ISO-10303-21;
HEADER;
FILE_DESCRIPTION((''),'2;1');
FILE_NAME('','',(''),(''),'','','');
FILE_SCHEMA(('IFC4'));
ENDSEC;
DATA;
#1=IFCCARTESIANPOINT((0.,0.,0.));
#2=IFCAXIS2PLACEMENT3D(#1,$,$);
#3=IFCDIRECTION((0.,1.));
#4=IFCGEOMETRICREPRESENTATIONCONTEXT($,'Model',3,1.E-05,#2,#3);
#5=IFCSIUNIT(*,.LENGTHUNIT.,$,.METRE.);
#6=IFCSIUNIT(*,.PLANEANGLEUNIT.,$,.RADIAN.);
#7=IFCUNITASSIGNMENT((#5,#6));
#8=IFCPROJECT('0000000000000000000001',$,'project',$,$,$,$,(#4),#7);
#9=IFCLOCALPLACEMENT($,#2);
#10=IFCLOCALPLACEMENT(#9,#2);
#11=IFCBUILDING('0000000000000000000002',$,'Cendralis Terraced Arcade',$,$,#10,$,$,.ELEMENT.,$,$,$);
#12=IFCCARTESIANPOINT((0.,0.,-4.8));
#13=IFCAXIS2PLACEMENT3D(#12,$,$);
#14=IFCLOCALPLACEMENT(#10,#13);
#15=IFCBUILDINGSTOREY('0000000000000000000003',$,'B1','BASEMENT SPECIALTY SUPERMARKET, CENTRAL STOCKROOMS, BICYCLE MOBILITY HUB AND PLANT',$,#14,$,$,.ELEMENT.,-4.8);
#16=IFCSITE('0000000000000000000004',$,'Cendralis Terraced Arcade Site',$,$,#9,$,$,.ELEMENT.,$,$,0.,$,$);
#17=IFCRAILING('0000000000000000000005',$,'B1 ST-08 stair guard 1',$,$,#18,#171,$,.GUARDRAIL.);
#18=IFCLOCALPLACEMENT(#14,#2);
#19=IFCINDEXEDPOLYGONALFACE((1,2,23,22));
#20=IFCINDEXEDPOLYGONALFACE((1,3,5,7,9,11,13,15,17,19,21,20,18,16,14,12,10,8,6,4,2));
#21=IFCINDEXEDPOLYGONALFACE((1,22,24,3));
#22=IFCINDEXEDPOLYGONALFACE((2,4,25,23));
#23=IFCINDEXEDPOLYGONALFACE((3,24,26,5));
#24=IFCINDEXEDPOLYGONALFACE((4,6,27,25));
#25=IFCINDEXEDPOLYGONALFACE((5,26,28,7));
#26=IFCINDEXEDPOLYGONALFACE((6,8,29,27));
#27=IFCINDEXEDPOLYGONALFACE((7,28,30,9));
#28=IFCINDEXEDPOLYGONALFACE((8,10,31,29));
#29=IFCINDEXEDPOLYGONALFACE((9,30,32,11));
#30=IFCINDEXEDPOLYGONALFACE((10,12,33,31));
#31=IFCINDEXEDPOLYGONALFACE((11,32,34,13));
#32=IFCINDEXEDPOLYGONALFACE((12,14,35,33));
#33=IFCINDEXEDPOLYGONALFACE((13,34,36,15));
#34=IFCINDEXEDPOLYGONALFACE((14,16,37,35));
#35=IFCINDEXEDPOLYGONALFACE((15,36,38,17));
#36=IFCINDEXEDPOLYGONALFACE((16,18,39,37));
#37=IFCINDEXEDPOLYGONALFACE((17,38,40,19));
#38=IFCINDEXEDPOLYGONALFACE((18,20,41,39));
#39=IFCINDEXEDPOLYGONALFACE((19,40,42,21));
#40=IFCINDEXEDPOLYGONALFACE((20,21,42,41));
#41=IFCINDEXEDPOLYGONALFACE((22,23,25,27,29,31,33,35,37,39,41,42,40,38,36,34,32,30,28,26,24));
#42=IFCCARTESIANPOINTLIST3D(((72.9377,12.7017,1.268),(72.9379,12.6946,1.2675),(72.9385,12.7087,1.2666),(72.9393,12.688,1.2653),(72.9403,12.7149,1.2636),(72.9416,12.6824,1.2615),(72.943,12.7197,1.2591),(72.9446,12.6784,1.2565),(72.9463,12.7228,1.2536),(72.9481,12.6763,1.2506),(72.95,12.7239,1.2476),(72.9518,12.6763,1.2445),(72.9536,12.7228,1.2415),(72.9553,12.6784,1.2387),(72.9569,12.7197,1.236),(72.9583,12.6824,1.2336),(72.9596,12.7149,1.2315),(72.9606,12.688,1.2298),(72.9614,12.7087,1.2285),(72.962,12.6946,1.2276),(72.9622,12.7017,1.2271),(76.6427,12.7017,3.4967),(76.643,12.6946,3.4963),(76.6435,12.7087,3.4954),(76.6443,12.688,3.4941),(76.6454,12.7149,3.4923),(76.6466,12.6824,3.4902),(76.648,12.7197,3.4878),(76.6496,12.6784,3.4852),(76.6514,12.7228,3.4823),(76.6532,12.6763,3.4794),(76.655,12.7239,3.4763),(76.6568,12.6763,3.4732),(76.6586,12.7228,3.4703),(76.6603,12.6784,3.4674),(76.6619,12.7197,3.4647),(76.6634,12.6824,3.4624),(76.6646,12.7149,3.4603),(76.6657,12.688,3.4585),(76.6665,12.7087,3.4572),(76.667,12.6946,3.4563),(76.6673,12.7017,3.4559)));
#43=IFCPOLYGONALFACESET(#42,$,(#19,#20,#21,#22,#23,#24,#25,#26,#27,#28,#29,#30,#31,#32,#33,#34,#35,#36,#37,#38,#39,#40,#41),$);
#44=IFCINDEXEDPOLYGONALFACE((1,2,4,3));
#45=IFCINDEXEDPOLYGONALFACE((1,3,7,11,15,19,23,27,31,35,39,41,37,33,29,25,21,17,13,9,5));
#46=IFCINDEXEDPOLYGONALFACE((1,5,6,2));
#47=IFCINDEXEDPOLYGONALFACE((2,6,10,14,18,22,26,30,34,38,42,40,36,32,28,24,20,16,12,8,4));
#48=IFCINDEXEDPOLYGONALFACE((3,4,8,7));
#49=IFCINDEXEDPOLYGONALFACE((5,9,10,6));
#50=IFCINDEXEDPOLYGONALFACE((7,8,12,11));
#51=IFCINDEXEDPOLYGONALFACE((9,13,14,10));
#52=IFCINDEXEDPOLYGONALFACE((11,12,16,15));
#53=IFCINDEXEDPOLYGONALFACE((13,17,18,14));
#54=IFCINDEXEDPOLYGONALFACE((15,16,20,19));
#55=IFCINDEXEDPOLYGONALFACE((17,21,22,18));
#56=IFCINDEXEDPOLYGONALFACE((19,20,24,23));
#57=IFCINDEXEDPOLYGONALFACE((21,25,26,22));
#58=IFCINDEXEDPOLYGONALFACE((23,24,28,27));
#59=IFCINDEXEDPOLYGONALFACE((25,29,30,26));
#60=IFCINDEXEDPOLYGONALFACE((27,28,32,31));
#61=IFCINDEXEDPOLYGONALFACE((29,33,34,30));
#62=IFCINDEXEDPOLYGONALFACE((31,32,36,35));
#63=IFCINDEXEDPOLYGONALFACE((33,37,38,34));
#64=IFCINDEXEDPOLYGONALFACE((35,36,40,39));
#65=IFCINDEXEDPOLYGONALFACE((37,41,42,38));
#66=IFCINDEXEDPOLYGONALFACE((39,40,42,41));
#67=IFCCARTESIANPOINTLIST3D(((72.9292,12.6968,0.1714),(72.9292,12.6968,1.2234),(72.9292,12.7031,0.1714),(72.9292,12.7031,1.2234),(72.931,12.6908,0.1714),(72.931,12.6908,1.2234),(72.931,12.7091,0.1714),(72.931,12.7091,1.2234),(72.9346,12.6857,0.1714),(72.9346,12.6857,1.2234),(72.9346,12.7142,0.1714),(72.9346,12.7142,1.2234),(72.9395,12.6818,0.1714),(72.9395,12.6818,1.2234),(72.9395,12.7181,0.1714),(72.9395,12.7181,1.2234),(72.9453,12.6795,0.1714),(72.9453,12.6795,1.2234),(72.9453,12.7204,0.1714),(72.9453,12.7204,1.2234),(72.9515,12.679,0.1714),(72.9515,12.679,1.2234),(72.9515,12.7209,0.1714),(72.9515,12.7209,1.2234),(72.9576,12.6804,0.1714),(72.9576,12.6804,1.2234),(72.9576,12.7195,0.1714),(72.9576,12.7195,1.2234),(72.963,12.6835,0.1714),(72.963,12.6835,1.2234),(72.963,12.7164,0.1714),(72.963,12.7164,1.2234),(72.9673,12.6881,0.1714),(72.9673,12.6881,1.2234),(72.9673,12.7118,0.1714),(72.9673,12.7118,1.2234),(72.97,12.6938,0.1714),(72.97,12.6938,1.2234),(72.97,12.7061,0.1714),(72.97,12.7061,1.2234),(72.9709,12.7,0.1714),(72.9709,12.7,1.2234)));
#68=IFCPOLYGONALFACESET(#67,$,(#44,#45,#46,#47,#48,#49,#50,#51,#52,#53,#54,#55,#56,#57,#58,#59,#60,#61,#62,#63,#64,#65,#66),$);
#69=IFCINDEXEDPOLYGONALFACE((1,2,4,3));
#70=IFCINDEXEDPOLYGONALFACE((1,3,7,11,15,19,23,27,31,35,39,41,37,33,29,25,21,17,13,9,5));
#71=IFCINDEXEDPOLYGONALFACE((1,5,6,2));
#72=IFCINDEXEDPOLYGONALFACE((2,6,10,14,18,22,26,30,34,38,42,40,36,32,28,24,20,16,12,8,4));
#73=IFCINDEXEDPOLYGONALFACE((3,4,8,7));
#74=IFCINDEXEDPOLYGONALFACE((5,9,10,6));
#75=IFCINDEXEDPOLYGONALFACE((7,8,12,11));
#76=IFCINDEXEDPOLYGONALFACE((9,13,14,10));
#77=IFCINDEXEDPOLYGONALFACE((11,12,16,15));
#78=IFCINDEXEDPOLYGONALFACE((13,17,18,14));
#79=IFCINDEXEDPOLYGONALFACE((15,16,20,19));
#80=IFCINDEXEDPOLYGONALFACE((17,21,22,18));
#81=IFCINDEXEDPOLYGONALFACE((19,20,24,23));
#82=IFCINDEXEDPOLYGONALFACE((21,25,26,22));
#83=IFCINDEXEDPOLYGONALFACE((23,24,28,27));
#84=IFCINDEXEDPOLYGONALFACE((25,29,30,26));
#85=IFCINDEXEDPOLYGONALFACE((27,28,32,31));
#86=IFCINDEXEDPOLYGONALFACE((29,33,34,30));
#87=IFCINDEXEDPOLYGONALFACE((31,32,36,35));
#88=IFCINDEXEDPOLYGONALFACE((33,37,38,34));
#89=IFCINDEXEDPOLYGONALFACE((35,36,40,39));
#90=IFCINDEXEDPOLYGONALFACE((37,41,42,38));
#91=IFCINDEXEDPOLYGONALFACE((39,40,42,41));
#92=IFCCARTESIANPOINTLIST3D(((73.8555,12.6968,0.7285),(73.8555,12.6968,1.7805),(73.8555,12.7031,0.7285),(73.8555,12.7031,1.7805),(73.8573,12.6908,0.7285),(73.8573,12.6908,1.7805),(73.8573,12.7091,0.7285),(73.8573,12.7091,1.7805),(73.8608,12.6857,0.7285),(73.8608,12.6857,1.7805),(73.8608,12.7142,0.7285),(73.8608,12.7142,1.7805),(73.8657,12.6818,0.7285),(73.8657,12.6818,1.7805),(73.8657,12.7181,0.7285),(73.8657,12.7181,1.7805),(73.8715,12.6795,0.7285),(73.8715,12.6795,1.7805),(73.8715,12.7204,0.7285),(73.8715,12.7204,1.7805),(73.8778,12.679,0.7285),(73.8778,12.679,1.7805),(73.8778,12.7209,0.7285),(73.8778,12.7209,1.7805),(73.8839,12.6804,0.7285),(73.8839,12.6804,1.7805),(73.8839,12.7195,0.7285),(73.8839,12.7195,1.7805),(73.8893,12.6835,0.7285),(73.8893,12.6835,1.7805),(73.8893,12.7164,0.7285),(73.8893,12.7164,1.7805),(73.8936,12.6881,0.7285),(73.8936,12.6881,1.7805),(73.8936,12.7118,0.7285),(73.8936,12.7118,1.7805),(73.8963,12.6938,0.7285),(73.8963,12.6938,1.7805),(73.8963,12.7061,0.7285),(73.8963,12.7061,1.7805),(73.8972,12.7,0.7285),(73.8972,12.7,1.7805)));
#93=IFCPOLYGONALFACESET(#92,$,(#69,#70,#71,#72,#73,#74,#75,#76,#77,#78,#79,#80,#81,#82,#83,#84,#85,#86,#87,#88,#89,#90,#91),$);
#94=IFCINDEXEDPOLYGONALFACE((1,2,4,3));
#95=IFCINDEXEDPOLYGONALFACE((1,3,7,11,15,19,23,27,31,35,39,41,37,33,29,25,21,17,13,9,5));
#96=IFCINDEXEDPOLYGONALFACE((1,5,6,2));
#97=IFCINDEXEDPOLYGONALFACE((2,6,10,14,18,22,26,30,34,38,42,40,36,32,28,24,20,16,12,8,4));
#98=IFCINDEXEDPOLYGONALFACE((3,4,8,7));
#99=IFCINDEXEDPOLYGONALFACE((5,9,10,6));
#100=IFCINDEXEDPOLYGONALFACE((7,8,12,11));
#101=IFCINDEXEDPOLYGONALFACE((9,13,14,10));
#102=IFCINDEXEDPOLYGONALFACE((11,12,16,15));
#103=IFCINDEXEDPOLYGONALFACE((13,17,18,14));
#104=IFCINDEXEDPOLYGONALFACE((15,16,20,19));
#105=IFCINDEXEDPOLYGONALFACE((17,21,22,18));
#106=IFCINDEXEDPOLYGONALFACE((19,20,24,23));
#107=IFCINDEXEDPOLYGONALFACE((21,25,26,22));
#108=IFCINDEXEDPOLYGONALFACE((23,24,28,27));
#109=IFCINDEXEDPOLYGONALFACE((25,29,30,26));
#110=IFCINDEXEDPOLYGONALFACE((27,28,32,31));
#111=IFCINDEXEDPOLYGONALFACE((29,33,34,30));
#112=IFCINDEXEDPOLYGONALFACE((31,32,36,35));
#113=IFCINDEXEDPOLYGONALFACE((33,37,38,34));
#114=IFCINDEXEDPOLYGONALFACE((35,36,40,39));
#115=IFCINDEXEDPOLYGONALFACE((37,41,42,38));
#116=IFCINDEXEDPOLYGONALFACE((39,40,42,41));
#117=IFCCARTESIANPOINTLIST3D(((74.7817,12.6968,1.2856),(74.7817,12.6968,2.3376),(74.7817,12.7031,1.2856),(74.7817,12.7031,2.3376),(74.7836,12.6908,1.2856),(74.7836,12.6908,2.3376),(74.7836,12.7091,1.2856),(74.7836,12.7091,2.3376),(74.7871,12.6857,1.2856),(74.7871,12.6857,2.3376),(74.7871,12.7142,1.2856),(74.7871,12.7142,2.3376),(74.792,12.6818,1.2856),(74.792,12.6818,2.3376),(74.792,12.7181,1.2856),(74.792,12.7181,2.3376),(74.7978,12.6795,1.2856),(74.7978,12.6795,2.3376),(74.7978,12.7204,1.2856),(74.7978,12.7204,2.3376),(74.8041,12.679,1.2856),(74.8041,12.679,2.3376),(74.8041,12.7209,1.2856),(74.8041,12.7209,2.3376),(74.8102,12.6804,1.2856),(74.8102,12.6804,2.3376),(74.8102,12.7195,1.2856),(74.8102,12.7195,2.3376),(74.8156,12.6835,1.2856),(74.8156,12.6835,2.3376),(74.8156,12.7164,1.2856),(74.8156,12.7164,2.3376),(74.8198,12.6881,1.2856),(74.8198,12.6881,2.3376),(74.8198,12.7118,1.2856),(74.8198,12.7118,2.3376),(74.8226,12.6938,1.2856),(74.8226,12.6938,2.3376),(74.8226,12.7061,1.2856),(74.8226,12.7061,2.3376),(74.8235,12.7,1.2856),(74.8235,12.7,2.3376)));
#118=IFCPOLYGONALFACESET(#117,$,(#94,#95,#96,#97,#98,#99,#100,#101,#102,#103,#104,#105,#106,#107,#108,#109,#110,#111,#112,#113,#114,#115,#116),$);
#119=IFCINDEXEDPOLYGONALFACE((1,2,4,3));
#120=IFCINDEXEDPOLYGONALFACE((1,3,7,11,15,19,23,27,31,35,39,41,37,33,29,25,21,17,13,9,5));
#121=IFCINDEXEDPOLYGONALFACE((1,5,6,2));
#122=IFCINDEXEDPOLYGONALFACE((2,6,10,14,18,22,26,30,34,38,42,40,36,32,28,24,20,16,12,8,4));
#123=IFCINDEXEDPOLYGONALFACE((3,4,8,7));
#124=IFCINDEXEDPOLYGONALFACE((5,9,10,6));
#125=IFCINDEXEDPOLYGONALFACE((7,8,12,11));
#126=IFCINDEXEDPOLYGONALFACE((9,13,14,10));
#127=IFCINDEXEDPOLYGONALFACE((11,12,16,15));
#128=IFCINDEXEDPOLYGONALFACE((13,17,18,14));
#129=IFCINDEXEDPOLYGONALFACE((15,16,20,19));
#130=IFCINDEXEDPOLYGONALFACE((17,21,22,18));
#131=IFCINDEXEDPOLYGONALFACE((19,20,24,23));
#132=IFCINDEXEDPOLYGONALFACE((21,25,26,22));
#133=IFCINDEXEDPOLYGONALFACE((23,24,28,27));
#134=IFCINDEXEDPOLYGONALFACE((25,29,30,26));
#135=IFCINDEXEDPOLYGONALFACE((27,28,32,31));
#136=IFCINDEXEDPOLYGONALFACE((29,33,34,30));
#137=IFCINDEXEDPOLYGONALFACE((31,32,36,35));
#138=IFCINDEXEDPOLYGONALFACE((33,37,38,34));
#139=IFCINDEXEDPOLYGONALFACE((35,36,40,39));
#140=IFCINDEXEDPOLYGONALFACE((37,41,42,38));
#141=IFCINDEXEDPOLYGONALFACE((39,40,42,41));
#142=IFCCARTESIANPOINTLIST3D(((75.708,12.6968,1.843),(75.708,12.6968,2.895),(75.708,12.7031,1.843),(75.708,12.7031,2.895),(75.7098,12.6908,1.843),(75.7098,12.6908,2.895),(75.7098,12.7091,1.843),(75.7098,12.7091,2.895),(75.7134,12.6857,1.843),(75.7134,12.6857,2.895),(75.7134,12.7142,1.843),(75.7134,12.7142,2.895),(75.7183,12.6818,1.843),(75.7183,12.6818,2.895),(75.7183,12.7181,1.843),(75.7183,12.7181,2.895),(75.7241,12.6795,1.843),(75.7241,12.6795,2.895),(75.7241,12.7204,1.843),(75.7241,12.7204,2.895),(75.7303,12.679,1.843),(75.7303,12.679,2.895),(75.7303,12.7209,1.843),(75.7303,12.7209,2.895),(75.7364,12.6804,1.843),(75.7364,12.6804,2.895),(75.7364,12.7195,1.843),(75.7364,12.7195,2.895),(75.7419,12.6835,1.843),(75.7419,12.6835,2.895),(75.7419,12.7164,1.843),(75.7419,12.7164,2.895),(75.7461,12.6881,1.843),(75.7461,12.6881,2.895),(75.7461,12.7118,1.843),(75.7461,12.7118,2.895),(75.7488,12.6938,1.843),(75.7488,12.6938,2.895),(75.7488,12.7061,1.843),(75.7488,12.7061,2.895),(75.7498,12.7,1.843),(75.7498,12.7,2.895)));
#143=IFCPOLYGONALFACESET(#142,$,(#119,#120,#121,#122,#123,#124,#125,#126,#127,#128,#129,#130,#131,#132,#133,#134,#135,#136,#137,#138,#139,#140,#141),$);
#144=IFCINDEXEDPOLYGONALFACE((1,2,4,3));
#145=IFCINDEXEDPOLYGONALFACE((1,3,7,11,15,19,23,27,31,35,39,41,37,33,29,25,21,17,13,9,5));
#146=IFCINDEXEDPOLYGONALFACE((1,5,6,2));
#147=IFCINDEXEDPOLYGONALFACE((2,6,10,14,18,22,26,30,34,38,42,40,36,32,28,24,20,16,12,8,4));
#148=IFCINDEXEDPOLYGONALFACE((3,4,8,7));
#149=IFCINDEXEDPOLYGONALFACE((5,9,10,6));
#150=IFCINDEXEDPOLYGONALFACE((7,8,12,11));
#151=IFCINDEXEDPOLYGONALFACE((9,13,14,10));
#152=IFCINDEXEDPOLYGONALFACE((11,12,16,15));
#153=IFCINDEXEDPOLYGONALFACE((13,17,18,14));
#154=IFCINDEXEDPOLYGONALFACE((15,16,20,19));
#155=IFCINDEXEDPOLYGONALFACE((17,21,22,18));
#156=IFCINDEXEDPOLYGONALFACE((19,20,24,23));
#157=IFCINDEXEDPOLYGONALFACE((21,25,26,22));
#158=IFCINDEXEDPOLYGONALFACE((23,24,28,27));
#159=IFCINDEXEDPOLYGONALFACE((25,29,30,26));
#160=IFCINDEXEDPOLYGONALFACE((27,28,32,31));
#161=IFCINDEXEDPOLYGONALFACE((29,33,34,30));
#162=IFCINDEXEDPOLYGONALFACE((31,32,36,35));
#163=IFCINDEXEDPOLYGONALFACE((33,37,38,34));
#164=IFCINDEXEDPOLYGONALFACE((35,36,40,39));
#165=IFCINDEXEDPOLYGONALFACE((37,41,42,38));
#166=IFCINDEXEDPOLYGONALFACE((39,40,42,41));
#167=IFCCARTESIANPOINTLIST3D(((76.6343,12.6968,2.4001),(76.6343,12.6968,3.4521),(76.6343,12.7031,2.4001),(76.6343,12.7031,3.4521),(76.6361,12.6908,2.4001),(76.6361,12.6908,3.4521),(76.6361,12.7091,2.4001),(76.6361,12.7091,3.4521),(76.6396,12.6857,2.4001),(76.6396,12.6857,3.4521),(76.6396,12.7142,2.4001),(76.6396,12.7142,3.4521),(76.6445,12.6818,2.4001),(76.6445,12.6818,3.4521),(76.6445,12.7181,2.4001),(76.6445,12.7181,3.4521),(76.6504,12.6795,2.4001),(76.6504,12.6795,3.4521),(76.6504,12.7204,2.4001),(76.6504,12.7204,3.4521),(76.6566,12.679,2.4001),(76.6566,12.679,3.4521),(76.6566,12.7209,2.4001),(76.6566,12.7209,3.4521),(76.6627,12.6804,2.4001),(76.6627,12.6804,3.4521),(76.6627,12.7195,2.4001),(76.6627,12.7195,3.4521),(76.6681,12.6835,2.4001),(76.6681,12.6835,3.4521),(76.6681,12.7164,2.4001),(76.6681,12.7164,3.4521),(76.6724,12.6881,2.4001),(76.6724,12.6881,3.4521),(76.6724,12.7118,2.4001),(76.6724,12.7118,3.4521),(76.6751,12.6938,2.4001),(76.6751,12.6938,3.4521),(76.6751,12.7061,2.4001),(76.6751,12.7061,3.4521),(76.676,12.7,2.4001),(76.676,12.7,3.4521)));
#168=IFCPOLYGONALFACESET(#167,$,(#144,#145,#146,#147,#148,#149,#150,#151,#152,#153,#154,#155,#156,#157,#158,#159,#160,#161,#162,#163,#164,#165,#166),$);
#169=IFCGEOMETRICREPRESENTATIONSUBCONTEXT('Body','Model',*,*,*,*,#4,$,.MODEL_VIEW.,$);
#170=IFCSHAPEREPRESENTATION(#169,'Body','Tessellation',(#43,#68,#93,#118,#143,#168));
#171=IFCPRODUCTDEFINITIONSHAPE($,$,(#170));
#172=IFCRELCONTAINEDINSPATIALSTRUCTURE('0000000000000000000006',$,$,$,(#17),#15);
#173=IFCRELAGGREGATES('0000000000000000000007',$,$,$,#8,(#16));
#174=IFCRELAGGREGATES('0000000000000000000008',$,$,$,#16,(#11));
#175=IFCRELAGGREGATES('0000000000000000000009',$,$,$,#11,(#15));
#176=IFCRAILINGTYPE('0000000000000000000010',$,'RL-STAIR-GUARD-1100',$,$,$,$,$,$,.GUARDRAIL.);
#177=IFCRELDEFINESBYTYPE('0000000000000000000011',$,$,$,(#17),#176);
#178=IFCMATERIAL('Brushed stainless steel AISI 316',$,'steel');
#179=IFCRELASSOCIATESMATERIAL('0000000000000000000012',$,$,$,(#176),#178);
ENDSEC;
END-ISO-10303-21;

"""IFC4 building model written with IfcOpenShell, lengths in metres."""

from ifc_helpers import new_model, si_unit, direction, frame, origin, origin_2d, place, context, subcontext, project, spatial, circle, extrude, material, type_object, element, save


model = new_model("IFC4")

# Units and contexts
model_context = context("Model", 3, precision=1e-05, world=origin(), true_north=direction((0.0, 1.0)))
body_context = subcontext(model_context, "Body", "Model", "MODEL_VIEW")
ifc_project = project(units=[si_unit("LENGTHUNIT", "METRE"), si_unit("PLANEANGLEUNIT", "RADIAN")], contexts=[model_context])

# Site, building, storey
site_placement = place(None, origin())
site = spatial("IfcSite", under=ifc_project, at=site_placement, Name="Cendralis Terraced Arcade Site", CompositionType="ELEMENT", RefElevation=0.0)
building_placement = place(site_placement, origin())
building = spatial("IfcBuilding", under=site, at=building_placement, Name="Cendralis Terraced Arcade", CompositionType="ELEMENT")
storey_placement = place(building_placement, frame((0.0, 0.0, -4.8)))
storey = spatial("IfcBuildingStorey", under=building, at=storey_placement, Name="B1", Description="BASEMENT SPECIALTY SUPERMARKET, CENTRAL STOCKROOMS, BICYCLE MOBILITY HUB AND PLANT", CompositionType="ELEMENT", Elevation=-4.8)

# Railing
ifc_material_1 = material(Name="Brushed stainless steel AISI 316", Category="steel")
railing_type_1 = type_object("IfcRailingType", Name="RL-STAIR-GUARD-1100", PredefinedType="GUARDRAIL", material=ifc_material_1)
railing_1_placement = place(storey_placement, frame((72.95, 12.7, 0.1714)))
element("IfcRailing", 1, at=railing_1_placement, inside=storey, type_object=railing_type_1, Name="B1 ST-08 stair guard 1", PredefinedType="GUARDRAIL", context=body_context, shape_type="SweptSolid", body=[
    extrude(circle(Radius=0.0239, at=origin_2d()), frame((0.0, 0.0, 1.0762), z_axis=(0.856909, 0.0, 0.515467), x_axis=(0.0, 1.0, 0.0)), (0.0, 0.0, 1.0), 4.3237),
    extrude(circle(Radius=0.021, at=origin_2d()), origin(), (0.0, 0.0, 1.0), 1.052),
    extrude(circle(Radius=0.021, at=origin_2d()), frame((0.9263, 0.0, 0.5571)), (0.0, 0.0, 1.0), 1.052),
    extrude(circle(Radius=0.021, at=origin_2d()), frame((1.8525, 0.0, 1.1143)), (0.0, 0.0, 1.0), 1.052),
    extrude(circle(Radius=0.021, at=origin_2d()), frame((2.7788, 0.0, 1.6716)), (0.0, 0.0, 1.0), 1.052),
    extrude(circle(Radius=0.021, at=origin_2d()), frame((3.7051, 0.0, 2.2288)), (0.0, 0.0, 1.0), 1.052),
])

save(model, "model.ifc")
